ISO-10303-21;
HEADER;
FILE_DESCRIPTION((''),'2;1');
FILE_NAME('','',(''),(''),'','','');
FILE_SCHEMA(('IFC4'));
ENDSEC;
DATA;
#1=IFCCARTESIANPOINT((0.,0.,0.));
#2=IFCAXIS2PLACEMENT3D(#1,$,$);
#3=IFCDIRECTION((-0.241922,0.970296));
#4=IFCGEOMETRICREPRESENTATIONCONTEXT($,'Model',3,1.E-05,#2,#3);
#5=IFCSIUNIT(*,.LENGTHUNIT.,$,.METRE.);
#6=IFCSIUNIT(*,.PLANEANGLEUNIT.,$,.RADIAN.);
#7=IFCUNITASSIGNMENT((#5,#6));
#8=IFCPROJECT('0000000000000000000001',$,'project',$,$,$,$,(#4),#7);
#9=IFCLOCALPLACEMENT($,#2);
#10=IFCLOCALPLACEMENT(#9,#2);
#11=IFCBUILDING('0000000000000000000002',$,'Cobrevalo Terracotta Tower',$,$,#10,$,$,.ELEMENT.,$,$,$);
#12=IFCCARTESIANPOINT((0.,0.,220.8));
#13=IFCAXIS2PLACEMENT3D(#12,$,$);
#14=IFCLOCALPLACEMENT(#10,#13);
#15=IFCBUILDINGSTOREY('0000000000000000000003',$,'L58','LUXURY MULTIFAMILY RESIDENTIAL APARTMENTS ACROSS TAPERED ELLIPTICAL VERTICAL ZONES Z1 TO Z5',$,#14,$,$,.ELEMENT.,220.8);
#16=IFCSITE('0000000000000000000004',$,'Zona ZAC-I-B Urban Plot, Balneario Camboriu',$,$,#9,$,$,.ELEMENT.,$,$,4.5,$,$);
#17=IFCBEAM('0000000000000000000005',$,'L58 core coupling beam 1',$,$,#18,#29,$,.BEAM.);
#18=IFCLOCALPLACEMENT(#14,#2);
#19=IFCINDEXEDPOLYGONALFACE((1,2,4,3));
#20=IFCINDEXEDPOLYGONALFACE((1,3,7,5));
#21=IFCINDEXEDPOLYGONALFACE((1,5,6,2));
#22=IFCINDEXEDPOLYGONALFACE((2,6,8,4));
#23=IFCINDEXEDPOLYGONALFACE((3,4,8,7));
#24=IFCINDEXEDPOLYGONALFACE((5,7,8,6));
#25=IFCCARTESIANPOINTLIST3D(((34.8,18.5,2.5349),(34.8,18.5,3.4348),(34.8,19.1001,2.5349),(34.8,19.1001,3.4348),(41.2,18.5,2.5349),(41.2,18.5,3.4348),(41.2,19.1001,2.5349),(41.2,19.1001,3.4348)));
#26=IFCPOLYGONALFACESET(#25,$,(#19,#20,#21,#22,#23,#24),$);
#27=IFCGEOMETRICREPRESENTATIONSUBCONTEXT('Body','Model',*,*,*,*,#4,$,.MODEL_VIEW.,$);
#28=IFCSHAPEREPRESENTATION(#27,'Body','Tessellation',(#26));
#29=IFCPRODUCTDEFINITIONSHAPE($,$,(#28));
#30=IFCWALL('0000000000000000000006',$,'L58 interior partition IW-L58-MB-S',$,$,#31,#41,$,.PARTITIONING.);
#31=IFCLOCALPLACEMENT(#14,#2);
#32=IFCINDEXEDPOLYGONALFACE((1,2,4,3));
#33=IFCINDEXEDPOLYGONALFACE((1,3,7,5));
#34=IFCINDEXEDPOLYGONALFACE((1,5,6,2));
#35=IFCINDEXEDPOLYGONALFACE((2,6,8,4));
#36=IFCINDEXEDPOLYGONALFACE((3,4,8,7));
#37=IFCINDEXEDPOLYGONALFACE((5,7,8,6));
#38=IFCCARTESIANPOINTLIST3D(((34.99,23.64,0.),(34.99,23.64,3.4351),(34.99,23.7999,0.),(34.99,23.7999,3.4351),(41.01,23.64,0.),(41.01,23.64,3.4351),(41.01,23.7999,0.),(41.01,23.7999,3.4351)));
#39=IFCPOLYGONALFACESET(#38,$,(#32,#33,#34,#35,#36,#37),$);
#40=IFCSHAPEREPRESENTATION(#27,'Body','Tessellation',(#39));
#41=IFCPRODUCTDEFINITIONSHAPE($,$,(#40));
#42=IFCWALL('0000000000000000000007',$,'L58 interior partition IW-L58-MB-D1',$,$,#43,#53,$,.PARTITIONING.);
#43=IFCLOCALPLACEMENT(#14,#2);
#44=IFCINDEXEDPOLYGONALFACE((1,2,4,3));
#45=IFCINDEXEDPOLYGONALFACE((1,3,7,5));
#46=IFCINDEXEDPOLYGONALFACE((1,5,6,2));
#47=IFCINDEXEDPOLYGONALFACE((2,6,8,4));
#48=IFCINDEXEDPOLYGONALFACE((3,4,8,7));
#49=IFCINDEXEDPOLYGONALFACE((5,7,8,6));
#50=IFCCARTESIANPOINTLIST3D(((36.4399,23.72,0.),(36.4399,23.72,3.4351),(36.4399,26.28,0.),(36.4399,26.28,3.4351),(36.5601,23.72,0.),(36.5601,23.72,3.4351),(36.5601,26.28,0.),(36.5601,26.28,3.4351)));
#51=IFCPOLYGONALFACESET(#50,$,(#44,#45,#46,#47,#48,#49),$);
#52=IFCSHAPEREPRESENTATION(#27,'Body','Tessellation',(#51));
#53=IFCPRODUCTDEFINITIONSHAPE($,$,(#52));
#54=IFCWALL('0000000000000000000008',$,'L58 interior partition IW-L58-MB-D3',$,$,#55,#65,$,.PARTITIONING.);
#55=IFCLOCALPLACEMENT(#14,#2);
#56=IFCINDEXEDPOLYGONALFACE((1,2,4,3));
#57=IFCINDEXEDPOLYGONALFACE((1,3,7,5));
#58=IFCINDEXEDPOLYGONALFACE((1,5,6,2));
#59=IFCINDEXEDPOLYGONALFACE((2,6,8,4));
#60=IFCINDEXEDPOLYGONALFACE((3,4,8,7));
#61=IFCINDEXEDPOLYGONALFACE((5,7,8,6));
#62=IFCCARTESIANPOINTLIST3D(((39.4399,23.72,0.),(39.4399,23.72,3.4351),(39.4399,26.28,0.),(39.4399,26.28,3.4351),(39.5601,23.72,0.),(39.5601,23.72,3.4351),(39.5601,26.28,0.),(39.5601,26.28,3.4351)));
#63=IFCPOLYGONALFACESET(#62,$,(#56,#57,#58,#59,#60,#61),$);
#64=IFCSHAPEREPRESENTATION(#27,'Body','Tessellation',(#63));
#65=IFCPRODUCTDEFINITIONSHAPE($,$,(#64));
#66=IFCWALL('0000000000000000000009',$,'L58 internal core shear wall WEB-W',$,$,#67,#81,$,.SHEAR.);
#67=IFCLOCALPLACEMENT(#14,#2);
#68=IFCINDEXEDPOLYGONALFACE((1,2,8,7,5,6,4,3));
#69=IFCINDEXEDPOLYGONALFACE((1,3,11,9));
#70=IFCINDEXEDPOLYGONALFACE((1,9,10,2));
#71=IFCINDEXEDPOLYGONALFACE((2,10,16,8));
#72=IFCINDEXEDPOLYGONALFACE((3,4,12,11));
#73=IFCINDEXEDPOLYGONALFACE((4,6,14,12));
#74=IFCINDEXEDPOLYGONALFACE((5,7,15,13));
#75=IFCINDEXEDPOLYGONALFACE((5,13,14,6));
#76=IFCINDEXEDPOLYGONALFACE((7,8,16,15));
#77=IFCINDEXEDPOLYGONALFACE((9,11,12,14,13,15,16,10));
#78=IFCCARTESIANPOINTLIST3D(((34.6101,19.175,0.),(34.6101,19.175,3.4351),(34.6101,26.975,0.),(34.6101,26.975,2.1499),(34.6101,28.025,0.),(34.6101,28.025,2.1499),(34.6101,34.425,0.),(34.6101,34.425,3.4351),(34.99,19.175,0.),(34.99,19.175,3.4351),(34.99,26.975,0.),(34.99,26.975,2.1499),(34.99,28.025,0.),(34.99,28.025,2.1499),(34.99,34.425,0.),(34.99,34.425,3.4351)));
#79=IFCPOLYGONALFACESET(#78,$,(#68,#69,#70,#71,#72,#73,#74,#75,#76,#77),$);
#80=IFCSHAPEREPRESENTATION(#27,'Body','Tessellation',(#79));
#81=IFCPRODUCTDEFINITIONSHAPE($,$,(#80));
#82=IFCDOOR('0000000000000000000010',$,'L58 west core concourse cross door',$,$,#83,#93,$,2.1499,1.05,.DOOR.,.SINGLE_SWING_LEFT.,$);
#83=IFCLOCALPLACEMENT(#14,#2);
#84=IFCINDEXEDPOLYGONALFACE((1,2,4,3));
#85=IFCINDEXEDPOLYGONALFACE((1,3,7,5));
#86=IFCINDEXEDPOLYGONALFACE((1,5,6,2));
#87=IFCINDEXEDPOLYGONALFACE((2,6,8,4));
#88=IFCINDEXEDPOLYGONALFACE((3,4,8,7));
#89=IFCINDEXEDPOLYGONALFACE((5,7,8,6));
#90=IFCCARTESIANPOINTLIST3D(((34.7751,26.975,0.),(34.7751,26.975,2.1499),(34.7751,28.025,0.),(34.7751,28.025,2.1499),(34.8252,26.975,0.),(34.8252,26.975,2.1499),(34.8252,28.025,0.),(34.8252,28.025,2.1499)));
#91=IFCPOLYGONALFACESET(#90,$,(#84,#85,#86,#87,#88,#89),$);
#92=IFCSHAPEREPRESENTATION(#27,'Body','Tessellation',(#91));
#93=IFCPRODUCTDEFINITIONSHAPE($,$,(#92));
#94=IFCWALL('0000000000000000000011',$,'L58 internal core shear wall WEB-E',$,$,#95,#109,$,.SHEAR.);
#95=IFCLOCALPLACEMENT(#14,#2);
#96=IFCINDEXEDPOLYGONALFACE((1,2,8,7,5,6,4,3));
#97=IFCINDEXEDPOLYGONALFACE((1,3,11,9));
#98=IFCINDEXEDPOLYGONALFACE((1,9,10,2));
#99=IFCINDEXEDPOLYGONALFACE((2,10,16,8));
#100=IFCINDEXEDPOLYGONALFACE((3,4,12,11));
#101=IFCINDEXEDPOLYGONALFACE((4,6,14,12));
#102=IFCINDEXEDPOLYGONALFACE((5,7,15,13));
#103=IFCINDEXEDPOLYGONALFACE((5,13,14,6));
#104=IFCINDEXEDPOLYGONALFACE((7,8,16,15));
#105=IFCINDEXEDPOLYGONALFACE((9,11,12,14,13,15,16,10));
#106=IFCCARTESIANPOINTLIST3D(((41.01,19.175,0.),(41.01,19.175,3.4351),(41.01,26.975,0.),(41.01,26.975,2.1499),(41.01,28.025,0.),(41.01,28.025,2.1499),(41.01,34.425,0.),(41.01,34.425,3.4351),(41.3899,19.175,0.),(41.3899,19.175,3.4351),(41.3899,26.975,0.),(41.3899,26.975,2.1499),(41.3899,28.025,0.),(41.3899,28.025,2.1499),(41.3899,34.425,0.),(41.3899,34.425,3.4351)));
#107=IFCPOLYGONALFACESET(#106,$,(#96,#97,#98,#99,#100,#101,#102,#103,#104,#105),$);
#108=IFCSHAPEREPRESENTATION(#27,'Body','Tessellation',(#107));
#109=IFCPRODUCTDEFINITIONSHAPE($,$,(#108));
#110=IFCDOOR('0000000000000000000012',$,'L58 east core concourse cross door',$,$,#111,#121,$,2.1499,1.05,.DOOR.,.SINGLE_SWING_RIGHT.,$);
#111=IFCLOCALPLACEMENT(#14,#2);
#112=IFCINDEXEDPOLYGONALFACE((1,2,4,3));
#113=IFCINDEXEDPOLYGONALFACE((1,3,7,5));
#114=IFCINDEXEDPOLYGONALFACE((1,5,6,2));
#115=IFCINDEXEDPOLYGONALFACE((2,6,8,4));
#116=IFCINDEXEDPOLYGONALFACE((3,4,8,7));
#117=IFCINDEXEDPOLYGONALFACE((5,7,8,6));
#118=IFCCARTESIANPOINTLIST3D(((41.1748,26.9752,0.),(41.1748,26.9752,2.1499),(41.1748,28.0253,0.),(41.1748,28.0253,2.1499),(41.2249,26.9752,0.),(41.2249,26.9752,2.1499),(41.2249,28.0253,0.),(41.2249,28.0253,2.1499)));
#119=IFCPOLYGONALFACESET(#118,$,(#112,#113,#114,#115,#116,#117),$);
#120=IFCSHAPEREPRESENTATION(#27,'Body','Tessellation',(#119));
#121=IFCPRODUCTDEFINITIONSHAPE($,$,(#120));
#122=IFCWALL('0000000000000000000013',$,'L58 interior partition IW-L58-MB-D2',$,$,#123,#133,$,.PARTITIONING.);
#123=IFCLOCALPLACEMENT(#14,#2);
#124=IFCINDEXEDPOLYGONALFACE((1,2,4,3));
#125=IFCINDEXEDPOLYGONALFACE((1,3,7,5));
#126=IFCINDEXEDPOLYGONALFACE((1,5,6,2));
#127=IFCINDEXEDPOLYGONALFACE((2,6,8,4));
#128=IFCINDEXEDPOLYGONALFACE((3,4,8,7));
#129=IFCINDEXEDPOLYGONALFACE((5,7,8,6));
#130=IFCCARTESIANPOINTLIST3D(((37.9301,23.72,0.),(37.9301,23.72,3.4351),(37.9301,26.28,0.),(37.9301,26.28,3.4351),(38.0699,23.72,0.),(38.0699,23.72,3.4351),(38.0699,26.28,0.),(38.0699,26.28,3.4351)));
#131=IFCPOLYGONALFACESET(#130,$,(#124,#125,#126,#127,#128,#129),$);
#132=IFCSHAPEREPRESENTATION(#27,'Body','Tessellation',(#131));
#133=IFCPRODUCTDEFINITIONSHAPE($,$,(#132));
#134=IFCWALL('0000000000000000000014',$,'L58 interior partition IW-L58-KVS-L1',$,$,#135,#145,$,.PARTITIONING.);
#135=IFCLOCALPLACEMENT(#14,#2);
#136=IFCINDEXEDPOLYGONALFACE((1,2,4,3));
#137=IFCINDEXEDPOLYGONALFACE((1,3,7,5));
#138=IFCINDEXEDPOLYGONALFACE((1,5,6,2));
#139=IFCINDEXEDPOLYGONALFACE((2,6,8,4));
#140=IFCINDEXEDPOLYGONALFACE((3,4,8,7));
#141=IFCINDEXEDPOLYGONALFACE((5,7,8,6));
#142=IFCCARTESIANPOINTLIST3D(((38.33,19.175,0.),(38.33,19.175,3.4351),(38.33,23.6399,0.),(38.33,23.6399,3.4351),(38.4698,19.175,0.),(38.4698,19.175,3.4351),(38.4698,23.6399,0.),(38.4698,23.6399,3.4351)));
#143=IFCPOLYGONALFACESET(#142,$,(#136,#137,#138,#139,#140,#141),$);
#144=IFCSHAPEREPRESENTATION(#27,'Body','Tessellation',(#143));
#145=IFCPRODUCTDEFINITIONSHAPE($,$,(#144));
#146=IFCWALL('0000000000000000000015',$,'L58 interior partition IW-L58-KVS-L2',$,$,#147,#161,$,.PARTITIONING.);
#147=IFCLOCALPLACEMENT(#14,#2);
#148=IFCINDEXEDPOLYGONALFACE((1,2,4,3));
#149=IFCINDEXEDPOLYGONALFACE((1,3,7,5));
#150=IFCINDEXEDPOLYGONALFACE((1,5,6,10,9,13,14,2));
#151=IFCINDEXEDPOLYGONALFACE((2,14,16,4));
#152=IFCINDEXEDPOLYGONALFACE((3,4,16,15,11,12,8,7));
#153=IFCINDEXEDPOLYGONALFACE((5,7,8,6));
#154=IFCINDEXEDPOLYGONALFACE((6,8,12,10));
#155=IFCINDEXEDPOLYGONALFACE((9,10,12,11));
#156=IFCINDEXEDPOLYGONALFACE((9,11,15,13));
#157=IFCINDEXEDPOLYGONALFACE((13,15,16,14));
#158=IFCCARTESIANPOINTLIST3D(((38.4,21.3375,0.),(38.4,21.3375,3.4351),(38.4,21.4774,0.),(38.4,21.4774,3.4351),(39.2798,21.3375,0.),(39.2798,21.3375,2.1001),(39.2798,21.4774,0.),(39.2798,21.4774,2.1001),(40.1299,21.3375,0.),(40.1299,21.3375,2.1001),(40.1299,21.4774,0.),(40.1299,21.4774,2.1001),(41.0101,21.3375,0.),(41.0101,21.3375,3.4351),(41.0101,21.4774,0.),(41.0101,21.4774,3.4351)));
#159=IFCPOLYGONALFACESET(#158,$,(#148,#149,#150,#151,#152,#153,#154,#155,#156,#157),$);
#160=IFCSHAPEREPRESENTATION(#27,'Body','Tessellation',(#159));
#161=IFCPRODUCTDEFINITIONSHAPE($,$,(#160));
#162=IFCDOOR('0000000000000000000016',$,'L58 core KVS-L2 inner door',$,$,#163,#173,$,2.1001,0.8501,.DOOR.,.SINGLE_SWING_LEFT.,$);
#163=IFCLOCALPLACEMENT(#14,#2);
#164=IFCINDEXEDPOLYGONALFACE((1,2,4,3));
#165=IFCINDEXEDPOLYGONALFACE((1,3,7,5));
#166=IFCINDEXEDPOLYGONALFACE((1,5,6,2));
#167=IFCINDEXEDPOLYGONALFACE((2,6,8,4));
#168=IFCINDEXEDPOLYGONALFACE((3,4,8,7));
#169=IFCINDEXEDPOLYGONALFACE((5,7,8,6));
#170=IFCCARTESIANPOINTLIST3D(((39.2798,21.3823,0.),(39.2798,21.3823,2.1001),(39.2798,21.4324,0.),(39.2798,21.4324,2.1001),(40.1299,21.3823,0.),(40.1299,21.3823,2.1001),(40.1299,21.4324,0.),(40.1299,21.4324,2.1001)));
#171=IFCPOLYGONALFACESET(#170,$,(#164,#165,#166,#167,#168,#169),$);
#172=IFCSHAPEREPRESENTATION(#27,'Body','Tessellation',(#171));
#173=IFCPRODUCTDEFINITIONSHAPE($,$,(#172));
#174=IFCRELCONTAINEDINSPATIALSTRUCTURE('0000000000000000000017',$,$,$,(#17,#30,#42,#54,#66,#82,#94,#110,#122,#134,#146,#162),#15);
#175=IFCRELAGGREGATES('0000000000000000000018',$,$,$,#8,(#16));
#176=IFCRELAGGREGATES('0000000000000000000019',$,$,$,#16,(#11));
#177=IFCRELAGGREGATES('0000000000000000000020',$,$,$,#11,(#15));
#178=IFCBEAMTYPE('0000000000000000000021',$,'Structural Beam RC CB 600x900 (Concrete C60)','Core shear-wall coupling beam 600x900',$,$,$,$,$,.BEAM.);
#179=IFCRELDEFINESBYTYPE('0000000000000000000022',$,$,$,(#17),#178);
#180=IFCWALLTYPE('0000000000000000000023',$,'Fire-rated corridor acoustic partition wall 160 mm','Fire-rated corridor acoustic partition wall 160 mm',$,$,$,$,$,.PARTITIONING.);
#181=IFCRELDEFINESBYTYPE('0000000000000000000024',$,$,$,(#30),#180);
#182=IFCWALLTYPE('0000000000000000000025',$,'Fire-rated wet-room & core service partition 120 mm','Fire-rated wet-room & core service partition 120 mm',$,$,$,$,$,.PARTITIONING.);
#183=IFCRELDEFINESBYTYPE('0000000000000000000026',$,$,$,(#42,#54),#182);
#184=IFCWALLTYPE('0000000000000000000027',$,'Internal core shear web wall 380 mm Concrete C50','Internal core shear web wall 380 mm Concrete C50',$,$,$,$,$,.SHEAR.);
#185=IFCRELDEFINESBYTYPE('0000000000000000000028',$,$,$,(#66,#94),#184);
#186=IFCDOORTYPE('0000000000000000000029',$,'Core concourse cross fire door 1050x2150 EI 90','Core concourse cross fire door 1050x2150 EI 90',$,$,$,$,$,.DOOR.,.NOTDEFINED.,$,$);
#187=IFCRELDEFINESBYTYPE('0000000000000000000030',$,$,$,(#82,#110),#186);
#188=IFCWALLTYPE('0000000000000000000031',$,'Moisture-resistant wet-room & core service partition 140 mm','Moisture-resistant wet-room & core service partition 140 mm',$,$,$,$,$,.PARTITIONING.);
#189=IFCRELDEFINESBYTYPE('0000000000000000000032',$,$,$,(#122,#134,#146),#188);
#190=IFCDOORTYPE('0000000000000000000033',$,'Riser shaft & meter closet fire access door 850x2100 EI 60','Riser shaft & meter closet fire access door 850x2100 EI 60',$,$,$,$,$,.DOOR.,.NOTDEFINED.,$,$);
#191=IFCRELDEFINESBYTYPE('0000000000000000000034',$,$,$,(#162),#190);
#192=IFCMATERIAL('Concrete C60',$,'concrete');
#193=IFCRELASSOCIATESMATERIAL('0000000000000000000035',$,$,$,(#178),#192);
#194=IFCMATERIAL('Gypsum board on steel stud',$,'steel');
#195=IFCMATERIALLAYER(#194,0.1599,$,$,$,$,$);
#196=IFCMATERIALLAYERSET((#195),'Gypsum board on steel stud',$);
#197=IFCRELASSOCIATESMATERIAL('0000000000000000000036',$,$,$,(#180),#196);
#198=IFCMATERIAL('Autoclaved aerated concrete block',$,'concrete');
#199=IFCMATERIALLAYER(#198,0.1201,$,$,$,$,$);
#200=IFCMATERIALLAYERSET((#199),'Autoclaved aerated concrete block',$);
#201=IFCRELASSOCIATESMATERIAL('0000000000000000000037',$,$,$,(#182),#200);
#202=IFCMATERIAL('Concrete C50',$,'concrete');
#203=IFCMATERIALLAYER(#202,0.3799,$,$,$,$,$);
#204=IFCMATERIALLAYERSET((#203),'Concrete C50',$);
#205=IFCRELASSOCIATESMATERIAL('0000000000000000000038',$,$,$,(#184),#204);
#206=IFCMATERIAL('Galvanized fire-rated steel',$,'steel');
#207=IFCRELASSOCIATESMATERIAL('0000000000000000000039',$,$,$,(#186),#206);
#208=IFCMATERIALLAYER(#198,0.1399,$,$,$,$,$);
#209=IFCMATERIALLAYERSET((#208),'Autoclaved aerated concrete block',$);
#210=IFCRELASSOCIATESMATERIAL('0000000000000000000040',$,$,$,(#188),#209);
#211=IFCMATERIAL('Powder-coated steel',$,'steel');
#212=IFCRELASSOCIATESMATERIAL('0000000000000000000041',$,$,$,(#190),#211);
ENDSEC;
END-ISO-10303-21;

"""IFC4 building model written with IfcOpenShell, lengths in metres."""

from ifc_helpers import new_model, si_unit, direction, frame, frame_2d, origin, origin_2d, place, context, subcontext, project, spatial, rectangle, extrude, source, transform, mapped, material, layer, layer_set, material_profile, profile_set, type_object, element, fill, save


model = new_model("IFC4")

# Units and contexts
model_context = context("Model", 3, precision=1e-05, world=origin(), true_north=direction((-0.241922, 0.970296)))
body_context = subcontext(model_context, "Body", "Model", "MODEL_VIEW")
ifc_project = project(units=[si_unit("LENGTHUNIT", "METRE"), si_unit("PLANEANGLEUNIT", "RADIAN")], contexts=[model_context])

# Site, building, storey
site_placement = place(None, origin())
site = spatial("IfcSite", under=ifc_project, at=site_placement, Name="Zona ZAC-I-B Urban Plot, Balneario Camboriu", CompositionType="ELEMENT", RefElevation=4.5)
building_placement = place(site_placement, origin())
building = spatial("IfcBuilding", under=site, at=building_placement, Name="Cobrevalo Terracotta Tower", CompositionType="ELEMENT")
storey_placement = place(building_placement, frame((0.0, 0.0, 220.8)))
storey = spatial("IfcBuildingStorey", under=building, at=storey_placement, Name="L58", Description="LUXURY MULTIFAMILY RESIDENTIAL APARTMENTS ACROSS TAPERED ELLIPTICAL VERTICAL ZONES Z1 TO Z5", CompositionType="ELEMENT", Elevation=220.8)

# Beam
ifc_material_1 = material(Name="Concrete C60", Category="concrete")
ifc_material_profile = material_profile(ifc_material_1, rectangle(XDim=0.6001, YDim=0.8999, at=origin_2d()), Name="RC CB 600x900")
ifc_profile_set = profile_set([ifc_material_profile], Name="Concrete C60")
beam_type = type_object("IfcBeamType", Name="Structural Beam RC CB 600x900 (Concrete C60)", Description="Core shear-wall coupling beam 600x900", PredefinedType="BEAM", material=ifc_profile_set)
beam_placement = place(storey_placement, frame((34.8, 18.8, 2.9849), z_axis=(1.0, 0.0, 0.0), x_axis=(0.0, 1.0, 0.0)))
element("IfcBeam", 1, at=beam_placement, inside=storey, type_object=beam_type, Name="L58 core coupling beam 1", PredefinedType="BEAM", context=body_context, shape_type="SweptSolid", body=[
    extrude(rectangle(XDim=0.6001, YDim=0.8999, at=origin_2d()), origin(), (0.0, 0.0, 1.0), 6.3999),
])

# Walls
ifc_material_2 = material(Name="Gypsum board on steel stud", Category="steel")
ifc_layer_1 = layer(ifc_material_2, 0.1599)
ifc_layer_set_1 = layer_set([ifc_layer_1], Name="Gypsum board on steel stud")
wall_type_1 = type_object("IfcWallType", Name="Fire-rated corridor acoustic partition wall 160 mm", Description="Fire-rated corridor acoustic partition wall 160 mm", PredefinedType="PARTITIONING", material=ifc_layer_set_1)
wall_1_placement = place(storey_placement, frame((34.99, 23.72, 0.0), z_axis=(0.0, 0.0, 1.0), x_axis=(1.0, 0.0, 0.0)))
element("IfcWall", 2, at=wall_1_placement, inside=storey, type_object=wall_type_1, Name="L58 interior partition IW-L58-MB-S", PredefinedType="PARTITIONING", context=body_context, shape_type="SweptSolid", body=[
    extrude(rectangle(XDim=6.02, YDim=0.1599, at=frame_2d((3.01, 0.0))), origin(), (0.0, 0.0, 1.0), 3.4351),
])
ifc_material_3 = material(Name="Autoclaved aerated concrete block", Category="concrete")
ifc_layer_2 = layer(ifc_material_3, 0.1201)
ifc_layer_set_2 = layer_set([ifc_layer_2], Name="Autoclaved aerated concrete block")
wall_type_2 = type_object("IfcWallType", Name="Fire-rated wet-room & core service partition 120 mm", Description="Fire-rated wet-room & core service partition 120 mm", PredefinedType="PARTITIONING", material=ifc_layer_set_2)
for number, where, z_axis, x_axis, name in (
    (3, (36.5, 23.72, 0.0), (0.0, 0.0, 1.0), (0.0, 1.0, 0.0), "L58 interior partition IW-L58-MB-D1"),
    (4, (39.5, 23.72, 0.0), (0.0, 0.0, 1.0), (0.0, 1.0, 0.0), "L58 interior partition IW-L58-MB-D3"),
):
    element("IfcWall", number, at=place(storey_placement, frame(where, z_axis=z_axis, x_axis=x_axis)), inside=storey, type_object=wall_type_2, Name=name, PredefinedType="PARTITIONING", context=body_context, shape_type="SweptSolid", body=[
        extrude(rectangle(XDim=2.5601, YDim=0.1201, at=frame_2d((1.28, 0.0))), origin(), (0.0, 0.0, 1.0), 3.4351),
    ])

# Walls, openings, doors
ifc_material_4 = material(Name="Concrete C50", Category="concrete")
ifc_layer_3 = layer(ifc_material_4, 0.3799)
ifc_layer_set_3 = layer_set([ifc_layer_3], Name="Concrete C50")
wall_type_3 = type_object("IfcWallType", Name="Internal core shear web wall 380 mm Concrete C50", Description="Internal core shear web wall 380 mm Concrete C50", PredefinedType="SHEAR", material=ifc_layer_set_3)
wall_2_placement = place(storey_placement, frame((34.8, 19.175, 0.0), z_axis=(0.0, 0.0, 1.0), x_axis=(0.0, 1.0, 0.0)))
wall_2 = element("IfcWall", 5, at=wall_2_placement, inside=storey, type_object=wall_type_3, Name="L58 internal core shear wall WEB-W", PredefinedType="SHEAR", context=body_context, shape_type="SweptSolid", body=[
    extrude(rectangle(XDim=15.25, YDim=0.3799, at=frame_2d((7.625, 0.0))), origin(), (0.0, 0.0, 1.0), 3.4351),
])
opening_1_placement = place(wall_2_placement, frame((7.8, 0.0, 0.0)))
opening_1 = element("IfcOpeningElement", 6, at=opening_1_placement, cuts=wall_2, PredefinedType="OPENING", context=body_context, shape_type="SweptSolid", body=[
    extrude(rectangle(XDim=1.05, YDim=2.1499, at=frame_2d((0.5249, 1.075))), frame((0.0, 0.2, 0.0), z_axis=(0.0, -1.0, 0.0), x_axis=(1.0, 0.0, 0.0)), (0.0, 0.0, 1.0), 0.3999),
])
ifc_material_5 = material(Name="Galvanized fire-rated steel", Category="steel")
door_type_1 = type_object("IfcDoorType", Name="Core concourse cross fire door 1050x2150 EI 90", Description="Core concourse cross fire door 1050x2150 EI 90", OperationType="NOTDEFINED", PredefinedType="DOOR", material=ifc_material_5)
shared_shape_1 = source(origin(), body_context, "Body", "SweptSolid", [
    extrude(rectangle(XDim=1.05, YDim=2.1499, at=frame_2d((0.5249, 1.075))), frame((0.0, 0.0249, 0.0), z_axis=(0.0, -1.0, 0.0), x_axis=(1.0, 0.0, 0.0)), (0.0, 0.0, 1.0), 0.05),
])
door_1_placement = place(opening_1_placement, origin())
door_1 = element("IfcDoor", 7, at=door_1_placement, inside=storey, type_object=door_type_1, Name="L58 west core concourse cross door", OperationType="SINGLE_SWING_LEFT", OverallHeight=2.1499, OverallWidth=1.05, PredefinedType="DOOR", context=body_context, shape_type="MappedRepresentation", body=[
    mapped(shared_shape_1, transform((0.0, 0.0, 0.0), scale=1.0)),
])
fill(opening_1, door_1)
wall_3_placement = place(storey_placement, frame((41.2, 19.175, 0.0), z_axis=(0.0, 0.0, 1.0), x_axis=(0.0, 1.0, 0.0)))
wall_3 = element("IfcWall", 8, at=wall_3_placement, inside=storey, type_object=wall_type_3, Name="L58 internal core shear wall WEB-E", PredefinedType="SHEAR", context=body_context, shape_type="SweptSolid", body=[
    extrude(rectangle(XDim=15.25, YDim=0.3799, at=frame_2d((7.625, 0.0))), origin(), (0.0, 0.0, 1.0), 3.4351),
])
opening_2_placement = place(wall_3_placement, frame((7.8, 0.0, 0.0)))
opening_2 = element("IfcOpeningElement", 9, at=opening_2_placement, cuts=wall_3, PredefinedType="OPENING", context=body_context, shape_type="SweptSolid", body=[
    extrude(rectangle(XDim=1.05, YDim=2.1499, at=frame_2d((0.5249, 1.075))), frame((0.0, 0.2, 0.0), z_axis=(0.0, -1.0, 0.0), x_axis=(1.0, 0.0, 0.0)), (0.0, 0.0, 1.0), 0.3999),
])
door_2_placement = place(opening_2_placement, frame((1.05, 0.0, 0.0), z_axis=(0.0, 0.0, 1.0), x_axis=(-1.0, 0.0, 0.0)))
door_2 = element("IfcDoor", 10, at=door_2_placement, inside=storey, type_object=door_type_1, Name="L58 east core concourse cross door", OperationType="SINGLE_SWING_RIGHT", OverallHeight=2.1499, OverallWidth=1.05, PredefinedType="DOOR", context=body_context, shape_type="MappedRepresentation", body=[
    mapped(shared_shape_1, transform((0.0, 0.0, 0.0), scale=1.0)),
])
fill(opening_2, door_2)

# Walls
ifc_layer_4 = layer(ifc_material_3, 0.1399)
ifc_layer_set_4 = layer_set([ifc_layer_4], Name="Autoclaved aerated concrete block")
wall_type_4 = type_object("IfcWallType", Name="Moisture-resistant wet-room & core service partition 140 mm", Description="Moisture-resistant wet-room & core service partition 140 mm", PredefinedType="PARTITIONING", material=ifc_layer_set_4)
wall_4_placement = place(storey_placement, frame((38.0, 23.72, 0.0), z_axis=(0.0, 0.0, 1.0), x_axis=(0.0, 1.0, 0.0)))
element("IfcWall", 11, at=wall_4_placement, inside=storey, type_object=wall_type_4, Name="L58 interior partition IW-L58-MB-D2", PredefinedType="PARTITIONING", context=body_context, shape_type="SweptSolid", body=[
    extrude(rectangle(XDim=2.5601, YDim=0.1399, at=frame_2d((1.28, 0.0))), origin(), (0.0, 0.0, 1.0), 3.4351),
])
wall_5_placement = place(storey_placement, frame((38.3999, 19.175, 0.0), z_axis=(0.0, 0.0, 1.0), x_axis=(0.0, 1.0, 0.0)))
element("IfcWall", 12, at=wall_5_placement, inside=storey, type_object=wall_type_4, Name="L58 interior partition IW-L58-KVS-L1", PredefinedType="PARTITIONING", context=body_context, shape_type="SweptSolid", body=[
    extrude(rectangle(XDim=4.4648, YDim=0.1399, at=frame_2d((2.2324, 0.0))), origin(), (0.0, 0.0, 1.0), 3.4351),
])

# Wall, opening, door
wall_6_placement = place(storey_placement, frame((38.3999, 21.4075, 0.0), z_axis=(0.0, 0.0, 1.0), x_axis=(1.0, 0.0, 0.0)))
wall_6 = element("IfcWall", 13, at=wall_6_placement, inside=storey, type_object=wall_type_4, Name="L58 interior partition IW-L58-KVS-L2", PredefinedType="PARTITIONING", context=body_context, shape_type="SweptSolid", body=[
    extrude(rectangle(XDim=2.6101, YDim=0.1399, at=frame_2d((1.3052, 0.0))), origin(), (0.0, 0.0, 1.0), 3.4351),
])
opening_3_placement = place(wall_6_placement, frame((0.8799, 0.0, 0.0)))
opening_3 = element("IfcOpeningElement", 14, at=opening_3_placement, cuts=wall_6, PredefinedType="OPENING", context=body_context, shape_type="SweptSolid", body=[
    extrude(rectangle(XDim=0.8501, YDim=2.1001, at=frame_2d((0.425, 1.05))), frame((0.0, 0.0801, 0.0), z_axis=(0.0, -1.0, 0.0), x_axis=(1.0, 0.0, 0.0)), (0.0, 0.0, 1.0), 0.1599),
])
ifc_material_6 = material(Name="Powder-coated steel", Category="steel")
door_type_2 = type_object("IfcDoorType", Name="Riser shaft & meter closet fire access door 850x2100 EI 60", Description="Riser shaft & meter closet fire access door 850x2100 EI 60", OperationType="NOTDEFINED", PredefinedType="DOOR", material=ifc_material_6)
shared_shape_2 = source(origin(), body_context, "Body", "SweptSolid", [
    extrude(rectangle(XDim=0.8501, YDim=2.1001, at=frame_2d((0.425, 1.05))), frame((0.0, 0.0249, 0.0), z_axis=(0.0, -1.0, 0.0), x_axis=(1.0, 0.0, 0.0)), (0.0, 0.0, 1.0), 0.05),
])
door_3_placement = place(opening_3_placement, origin())
door_3 = element("IfcDoor", 15, at=door_3_placement, inside=storey, type_object=door_type_2, Name="L58 core KVS-L2 inner door", OperationType="SINGLE_SWING_LEFT", OverallHeight=2.1001, OverallWidth=0.8501, PredefinedType="DOOR", context=body_context, shape_type="MappedRepresentation", body=[
    mapped(shared_shape_2, transform((0.0, 0.0, 0.0), scale=1.0)),
])
fill(opening_3, door_3)

save(model, "model.ifc")
